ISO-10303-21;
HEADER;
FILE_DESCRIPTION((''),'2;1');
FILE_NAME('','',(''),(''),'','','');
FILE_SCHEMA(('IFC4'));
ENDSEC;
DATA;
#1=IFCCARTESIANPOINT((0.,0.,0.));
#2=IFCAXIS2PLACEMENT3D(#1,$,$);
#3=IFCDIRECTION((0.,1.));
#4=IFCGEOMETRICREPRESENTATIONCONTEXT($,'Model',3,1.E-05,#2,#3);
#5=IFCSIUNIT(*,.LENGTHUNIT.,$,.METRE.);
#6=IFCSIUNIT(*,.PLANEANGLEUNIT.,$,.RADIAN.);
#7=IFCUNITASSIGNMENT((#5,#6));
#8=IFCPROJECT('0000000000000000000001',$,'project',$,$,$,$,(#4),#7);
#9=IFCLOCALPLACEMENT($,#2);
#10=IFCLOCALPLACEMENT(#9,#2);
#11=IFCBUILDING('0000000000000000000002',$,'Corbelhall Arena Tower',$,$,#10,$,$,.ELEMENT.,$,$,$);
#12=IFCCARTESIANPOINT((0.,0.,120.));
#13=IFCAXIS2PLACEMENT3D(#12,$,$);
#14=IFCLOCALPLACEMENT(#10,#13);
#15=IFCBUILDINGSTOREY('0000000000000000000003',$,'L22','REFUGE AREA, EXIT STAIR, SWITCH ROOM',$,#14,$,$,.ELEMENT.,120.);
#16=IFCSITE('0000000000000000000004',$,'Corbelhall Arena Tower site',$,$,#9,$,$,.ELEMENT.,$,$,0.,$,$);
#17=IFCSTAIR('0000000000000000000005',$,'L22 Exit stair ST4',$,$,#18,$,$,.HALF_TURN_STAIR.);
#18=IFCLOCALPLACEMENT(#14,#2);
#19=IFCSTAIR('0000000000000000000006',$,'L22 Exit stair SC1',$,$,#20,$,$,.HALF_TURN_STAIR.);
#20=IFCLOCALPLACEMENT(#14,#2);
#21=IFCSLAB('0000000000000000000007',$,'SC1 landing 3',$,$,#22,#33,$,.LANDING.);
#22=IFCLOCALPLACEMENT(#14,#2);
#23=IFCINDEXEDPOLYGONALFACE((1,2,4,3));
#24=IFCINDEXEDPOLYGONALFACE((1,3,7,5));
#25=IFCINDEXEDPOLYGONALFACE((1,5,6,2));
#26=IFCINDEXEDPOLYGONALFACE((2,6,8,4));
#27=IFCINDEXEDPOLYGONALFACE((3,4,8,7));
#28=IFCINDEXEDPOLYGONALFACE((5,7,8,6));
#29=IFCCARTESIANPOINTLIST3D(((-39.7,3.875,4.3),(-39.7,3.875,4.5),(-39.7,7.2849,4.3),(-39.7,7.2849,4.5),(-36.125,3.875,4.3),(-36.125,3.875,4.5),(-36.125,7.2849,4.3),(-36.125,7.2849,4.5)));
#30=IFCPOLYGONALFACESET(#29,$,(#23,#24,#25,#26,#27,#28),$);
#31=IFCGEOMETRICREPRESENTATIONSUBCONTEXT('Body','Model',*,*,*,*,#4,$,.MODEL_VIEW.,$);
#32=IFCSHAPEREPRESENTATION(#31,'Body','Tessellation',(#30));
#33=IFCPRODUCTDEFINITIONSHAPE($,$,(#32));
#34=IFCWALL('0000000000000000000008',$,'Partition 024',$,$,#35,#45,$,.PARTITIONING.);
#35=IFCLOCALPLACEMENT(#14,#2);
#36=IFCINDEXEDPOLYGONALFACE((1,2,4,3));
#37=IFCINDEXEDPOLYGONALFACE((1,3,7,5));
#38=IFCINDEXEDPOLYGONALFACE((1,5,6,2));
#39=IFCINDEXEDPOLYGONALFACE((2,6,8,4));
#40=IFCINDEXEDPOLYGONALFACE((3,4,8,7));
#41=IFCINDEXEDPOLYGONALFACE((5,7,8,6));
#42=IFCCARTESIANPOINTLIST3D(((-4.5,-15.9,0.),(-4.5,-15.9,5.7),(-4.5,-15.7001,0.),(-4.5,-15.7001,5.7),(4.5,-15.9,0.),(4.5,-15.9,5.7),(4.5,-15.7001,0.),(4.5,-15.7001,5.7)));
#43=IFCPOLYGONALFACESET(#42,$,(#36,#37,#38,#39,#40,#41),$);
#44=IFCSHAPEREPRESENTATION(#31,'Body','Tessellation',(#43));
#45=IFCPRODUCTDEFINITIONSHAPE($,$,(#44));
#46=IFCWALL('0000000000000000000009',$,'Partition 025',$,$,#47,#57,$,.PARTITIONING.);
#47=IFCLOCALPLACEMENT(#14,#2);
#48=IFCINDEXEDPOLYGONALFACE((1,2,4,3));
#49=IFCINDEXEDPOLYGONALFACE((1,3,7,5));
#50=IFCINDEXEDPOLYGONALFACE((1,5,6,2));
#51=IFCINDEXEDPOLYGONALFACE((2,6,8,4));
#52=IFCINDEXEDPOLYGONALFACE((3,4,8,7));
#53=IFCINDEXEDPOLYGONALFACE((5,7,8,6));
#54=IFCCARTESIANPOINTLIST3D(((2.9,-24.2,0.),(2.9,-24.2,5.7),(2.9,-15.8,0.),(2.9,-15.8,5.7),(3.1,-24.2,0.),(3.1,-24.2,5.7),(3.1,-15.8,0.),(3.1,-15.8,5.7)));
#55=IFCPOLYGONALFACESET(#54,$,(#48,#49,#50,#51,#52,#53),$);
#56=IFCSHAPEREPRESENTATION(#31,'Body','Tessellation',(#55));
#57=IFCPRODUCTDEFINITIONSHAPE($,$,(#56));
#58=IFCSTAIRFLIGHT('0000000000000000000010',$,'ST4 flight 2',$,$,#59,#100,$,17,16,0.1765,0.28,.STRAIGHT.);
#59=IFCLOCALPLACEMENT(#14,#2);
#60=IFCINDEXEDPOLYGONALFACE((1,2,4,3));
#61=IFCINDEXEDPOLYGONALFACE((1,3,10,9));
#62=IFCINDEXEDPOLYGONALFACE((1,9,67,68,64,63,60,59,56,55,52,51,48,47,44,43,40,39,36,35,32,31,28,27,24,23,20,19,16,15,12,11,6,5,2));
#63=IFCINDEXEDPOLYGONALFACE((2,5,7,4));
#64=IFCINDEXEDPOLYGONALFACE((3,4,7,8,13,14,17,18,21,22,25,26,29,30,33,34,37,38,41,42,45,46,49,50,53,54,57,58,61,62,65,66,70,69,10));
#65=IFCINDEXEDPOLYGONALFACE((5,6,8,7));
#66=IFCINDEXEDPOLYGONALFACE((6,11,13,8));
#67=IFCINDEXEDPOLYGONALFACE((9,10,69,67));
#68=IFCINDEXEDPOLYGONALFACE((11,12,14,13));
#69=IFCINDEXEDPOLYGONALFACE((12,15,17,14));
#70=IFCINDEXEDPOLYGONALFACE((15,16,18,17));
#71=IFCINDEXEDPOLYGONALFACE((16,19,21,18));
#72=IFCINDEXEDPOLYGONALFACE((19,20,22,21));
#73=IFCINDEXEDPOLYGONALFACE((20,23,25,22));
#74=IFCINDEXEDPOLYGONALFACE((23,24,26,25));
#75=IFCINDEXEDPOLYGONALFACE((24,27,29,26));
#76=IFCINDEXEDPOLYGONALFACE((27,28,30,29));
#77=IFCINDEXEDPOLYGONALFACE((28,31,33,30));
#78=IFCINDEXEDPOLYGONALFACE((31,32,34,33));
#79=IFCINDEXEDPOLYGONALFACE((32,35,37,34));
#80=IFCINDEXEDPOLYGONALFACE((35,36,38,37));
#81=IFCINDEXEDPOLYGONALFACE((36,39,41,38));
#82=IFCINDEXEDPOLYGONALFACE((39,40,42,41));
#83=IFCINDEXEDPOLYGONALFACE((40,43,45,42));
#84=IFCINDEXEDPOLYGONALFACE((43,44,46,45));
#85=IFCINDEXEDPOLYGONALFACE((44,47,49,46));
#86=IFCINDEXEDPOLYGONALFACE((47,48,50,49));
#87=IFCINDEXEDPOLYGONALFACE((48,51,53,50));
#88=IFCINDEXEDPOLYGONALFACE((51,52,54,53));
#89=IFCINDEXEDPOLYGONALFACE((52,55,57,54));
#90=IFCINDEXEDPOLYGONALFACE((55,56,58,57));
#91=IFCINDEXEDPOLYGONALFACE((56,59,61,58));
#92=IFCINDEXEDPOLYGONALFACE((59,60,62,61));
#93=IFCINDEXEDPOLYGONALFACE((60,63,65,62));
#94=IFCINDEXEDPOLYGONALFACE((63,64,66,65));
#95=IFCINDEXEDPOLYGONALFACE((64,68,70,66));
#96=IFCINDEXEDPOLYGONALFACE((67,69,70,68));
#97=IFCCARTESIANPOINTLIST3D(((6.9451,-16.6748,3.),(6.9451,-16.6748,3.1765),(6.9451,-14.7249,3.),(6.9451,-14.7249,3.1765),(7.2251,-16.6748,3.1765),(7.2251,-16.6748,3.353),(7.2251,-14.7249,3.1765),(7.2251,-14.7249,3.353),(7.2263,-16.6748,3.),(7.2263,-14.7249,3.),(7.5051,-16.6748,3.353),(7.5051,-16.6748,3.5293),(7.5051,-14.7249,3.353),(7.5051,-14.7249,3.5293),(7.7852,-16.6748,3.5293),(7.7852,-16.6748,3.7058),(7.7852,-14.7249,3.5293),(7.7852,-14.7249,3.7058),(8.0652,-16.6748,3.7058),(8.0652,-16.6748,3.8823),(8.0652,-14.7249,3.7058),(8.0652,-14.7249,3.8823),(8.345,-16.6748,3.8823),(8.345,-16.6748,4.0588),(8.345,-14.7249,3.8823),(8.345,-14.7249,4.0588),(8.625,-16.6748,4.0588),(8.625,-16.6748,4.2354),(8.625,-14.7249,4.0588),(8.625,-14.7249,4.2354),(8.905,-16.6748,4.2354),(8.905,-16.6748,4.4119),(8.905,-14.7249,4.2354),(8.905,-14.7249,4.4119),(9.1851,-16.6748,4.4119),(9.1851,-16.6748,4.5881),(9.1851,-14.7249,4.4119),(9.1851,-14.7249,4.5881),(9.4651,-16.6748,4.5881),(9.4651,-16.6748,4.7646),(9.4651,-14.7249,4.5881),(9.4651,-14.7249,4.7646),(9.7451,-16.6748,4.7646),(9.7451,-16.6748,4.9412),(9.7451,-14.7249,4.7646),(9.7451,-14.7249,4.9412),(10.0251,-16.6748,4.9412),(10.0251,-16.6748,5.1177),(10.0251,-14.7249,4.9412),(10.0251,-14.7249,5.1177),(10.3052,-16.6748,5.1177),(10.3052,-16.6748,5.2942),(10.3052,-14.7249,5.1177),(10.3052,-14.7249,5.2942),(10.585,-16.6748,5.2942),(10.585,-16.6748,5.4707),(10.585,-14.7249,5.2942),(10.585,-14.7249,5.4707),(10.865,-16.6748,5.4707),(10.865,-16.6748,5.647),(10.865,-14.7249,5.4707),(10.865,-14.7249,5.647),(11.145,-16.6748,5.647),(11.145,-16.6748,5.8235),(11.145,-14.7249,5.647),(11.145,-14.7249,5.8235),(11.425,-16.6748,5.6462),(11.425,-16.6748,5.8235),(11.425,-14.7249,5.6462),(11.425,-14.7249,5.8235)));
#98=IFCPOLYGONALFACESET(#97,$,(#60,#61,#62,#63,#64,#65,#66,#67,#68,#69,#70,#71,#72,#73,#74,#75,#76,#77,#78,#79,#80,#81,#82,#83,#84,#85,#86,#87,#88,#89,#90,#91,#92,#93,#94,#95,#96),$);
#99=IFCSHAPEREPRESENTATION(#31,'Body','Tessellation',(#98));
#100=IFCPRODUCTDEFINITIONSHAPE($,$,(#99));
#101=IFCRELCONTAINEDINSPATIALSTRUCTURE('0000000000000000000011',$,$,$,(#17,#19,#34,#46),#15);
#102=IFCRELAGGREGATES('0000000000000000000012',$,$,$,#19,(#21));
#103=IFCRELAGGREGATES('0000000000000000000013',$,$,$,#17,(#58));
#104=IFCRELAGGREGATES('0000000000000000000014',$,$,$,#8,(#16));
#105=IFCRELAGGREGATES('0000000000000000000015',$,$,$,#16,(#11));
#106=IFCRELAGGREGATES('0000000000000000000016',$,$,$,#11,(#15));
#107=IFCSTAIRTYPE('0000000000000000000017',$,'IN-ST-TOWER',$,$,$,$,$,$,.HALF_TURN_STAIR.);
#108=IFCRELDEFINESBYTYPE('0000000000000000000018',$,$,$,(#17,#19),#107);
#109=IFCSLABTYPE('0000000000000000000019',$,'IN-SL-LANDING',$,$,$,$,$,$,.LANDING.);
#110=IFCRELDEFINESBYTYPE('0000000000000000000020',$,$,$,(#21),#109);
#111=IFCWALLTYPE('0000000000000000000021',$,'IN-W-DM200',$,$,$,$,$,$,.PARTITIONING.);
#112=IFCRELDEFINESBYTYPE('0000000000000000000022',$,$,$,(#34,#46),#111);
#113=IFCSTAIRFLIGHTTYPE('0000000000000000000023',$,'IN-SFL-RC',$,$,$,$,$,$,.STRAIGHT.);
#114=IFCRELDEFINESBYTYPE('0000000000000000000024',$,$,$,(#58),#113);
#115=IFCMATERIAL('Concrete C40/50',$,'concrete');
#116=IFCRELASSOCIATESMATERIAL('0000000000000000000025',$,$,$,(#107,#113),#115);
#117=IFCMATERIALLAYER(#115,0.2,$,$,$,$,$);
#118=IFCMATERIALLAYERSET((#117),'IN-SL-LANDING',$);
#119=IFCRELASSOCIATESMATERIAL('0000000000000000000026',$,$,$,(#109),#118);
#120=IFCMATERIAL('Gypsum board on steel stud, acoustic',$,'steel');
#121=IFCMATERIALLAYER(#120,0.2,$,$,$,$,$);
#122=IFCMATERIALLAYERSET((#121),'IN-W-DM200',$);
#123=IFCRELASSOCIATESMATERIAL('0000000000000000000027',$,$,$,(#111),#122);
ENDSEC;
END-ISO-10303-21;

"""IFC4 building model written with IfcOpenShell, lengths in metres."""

from ifc_helpers import new_model, si_unit, direction, frame, frame_2d, origin, place, context, subcontext, project, spatial, polyline, rectangle, outline, extrude, material, layer, layer_set, type_object, element, aggregate, save


model = new_model("IFC4")

# Units and contexts
model_context = context("Model", 3, precision=1e-05, world=origin(), true_north=direction((0.0, 1.0)))
body_context = subcontext(model_context, "Body", "Model", "MODEL_VIEW")
ifc_project = project(units=[si_unit("LENGTHUNIT", "METRE"), si_unit("PLANEANGLEUNIT", "RADIAN")], contexts=[model_context])

# Site, building, storey
site_placement = place(None, origin())
site = spatial("IfcSite", under=ifc_project, at=site_placement, Name="Corbelhall Arena Tower site", CompositionType="ELEMENT", RefElevation=0.0)
building_placement = place(site_placement, origin())
building = spatial("IfcBuilding", under=site, at=building_placement, Name="Corbelhall Arena Tower", CompositionType="ELEMENT")
storey_placement = place(building_placement, frame((0.0, 0.0, 120.0)))
storey = spatial("IfcBuildingStorey", under=building, at=storey_placement, Name="L22", Description="REFUGE AREA, EXIT STAIR, SWITCH ROOM", CompositionType="ELEMENT", Elevation=120.0)

# Shared definitions
ifc_material_1 = material(Name="Concrete C40/50", Category="concrete")

# Stair
stair_type = type_object("IfcStairType", Name="IN-ST-TOWER", PredefinedType="HALF_TURN_STAIR", material=ifc_material_1)
ifc_layer_1 = layer(ifc_material_1, 0.2)
ifc_layer_set_1 = layer_set([ifc_layer_1], Name="IN-SL-LANDING")
slab_type_1 = type_object("IfcSlabType", Name="IN-SL-LANDING", PredefinedType="LANDING", material=ifc_layer_set_1)
stair_1_placement = place(storey_placement, origin())
stair_1 = element("IfcStair", 1, at=stair_1_placement, inside=storey, type_object=stair_type, Name="L22 Exit stair ST4", PredefinedType="HALF_TURN_STAIR")

# Stair, slab
stair_2_placement = place(storey_placement, origin())
stair_2 = element("IfcStair", 2, at=stair_2_placement, inside=storey, type_object=stair_type, Name="L22 Exit stair SC1", PredefinedType="HALF_TURN_STAIR")
slab_1_placement = place(storey_placement, frame((0.0, 0.0, 4.3)))
slab_1 = element("IfcSlab", 3, at=slab_1_placement, type_object=slab_type_1, Name="SC1 landing 3", PredefinedType="LANDING", context=body_context, shape_type="SweptSolid", body=[
    extrude(outline(polyline([(-39.7, 7.2849), (-39.7, 3.875), (-36.125, 3.875), (-36.125, 7.2849), (-39.7, 7.2849)])), origin(), (0.0, 0.0, 1.0), 0.2),
])
aggregate(stair_2, [slab_1])

# Walls
ifc_material_2 = material(Name="Gypsum board on steel stud, acoustic", Category="steel")
ifc_layer_2 = layer(ifc_material_2, 0.2)
ifc_layer_set_2 = layer_set([ifc_layer_2], Name="IN-W-DM200")
wall_type_1 = type_object("IfcWallType", Name="IN-W-DM200", PredefinedType="PARTITIONING", material=ifc_layer_set_2)
wall_1_placement = place(storey_placement, frame((4.5, -15.8, 0.0), z_axis=(0.0, 0.0, 1.0), x_axis=(-1.0, 0.0, 0.0)))
element("IfcWall", 4, at=wall_1_placement, inside=storey, type_object=wall_type_1, Name="Partition 024", PredefinedType="PARTITIONING", context=body_context, shape_type="SweptSolid", body=[
    extrude(rectangle(XDim=9.0, YDim=0.2, at=frame_2d((4.5, 0.0))), origin(), (0.0, 0.0, 1.0), 5.7),
])
wall_2_placement = place(storey_placement, frame((3.0, -15.8, 0.0), z_axis=(0.0, 0.0, 1.0), x_axis=(0.0, -1.0, 0.0)))
element("IfcWall", 5, at=wall_2_placement, inside=storey, type_object=wall_type_1, Name="Partition 025", PredefinedType="PARTITIONING", context=body_context, shape_type="SweptSolid", body=[
    extrude(rectangle(XDim=8.3999, YDim=0.2, at=frame_2d((4.2, 0.0))), origin(), (0.0, 0.0, 1.0), 5.7),
])

# Stair flight
stair_flight_type = type_object("IfcStairFlightType", Name="IN-SFL-RC", PredefinedType="STRAIGHT", material=ifc_material_1)
stair_flight_placement = place(storey_placement, frame((6.9451, -15.7, 3.0), z_axis=(0.0, 0.0, 1.0), x_axis=(1.0, 0.0, 0.0)))
stair_flight = element("IfcStairFlight", 6, at=stair_flight_placement, type_object=stair_flight_type, Name="ST4 flight 2", NumberOfRisers=17, NumberOfTreads=16, PredefinedType="STRAIGHT", RiserHeight=0.1765, TreadLength=0.28, context=body_context, shape_type="SweptSolid", body=[
    extrude(outline(polyline([(0.0, 0.0), (0.0, 0.1765), (0.28, 0.1765), (0.28, 0.353), (0.5601, 0.353), (0.5601, 0.5293), (0.8401, 0.5293), (0.8401, 0.7058), (1.1201, 0.7058), (1.1201, 0.8823), (1.3999, 0.8823), (1.3999, 1.0588), (1.6799, 1.0588), (1.6799, 1.2354), (1.96, 1.2354), (1.96, 1.4119), (2.24, 1.4119), (2.24, 1.5881), (2.52, 1.5881), (2.52, 1.7646), (2.8, 1.7646), (2.8, 1.9412), (3.0801, 1.9412), (3.0801, 2.1177), (3.3601, 2.1177), (3.3601, 2.2942), (3.6399, 2.2942), (3.6399, 2.4707), (3.9199, 2.4707), (3.9199, 2.647), (4.2, 2.647), (4.2, 2.8235), (4.48, 2.8235), (4.48, 3.0), (4.48, 2.6462), (0.2812, 0.0), (0.0, 0.0)])), frame((0.0, 0.9751, 0.0), z_axis=(0.0, -1.0, 0.0), x_axis=(1.0, 0.0, 0.0)), (0.0, 0.0, 1.0), 1.95),
])
aggregate(stair_1, [stair_flight])

save(model, "model.ifc")
